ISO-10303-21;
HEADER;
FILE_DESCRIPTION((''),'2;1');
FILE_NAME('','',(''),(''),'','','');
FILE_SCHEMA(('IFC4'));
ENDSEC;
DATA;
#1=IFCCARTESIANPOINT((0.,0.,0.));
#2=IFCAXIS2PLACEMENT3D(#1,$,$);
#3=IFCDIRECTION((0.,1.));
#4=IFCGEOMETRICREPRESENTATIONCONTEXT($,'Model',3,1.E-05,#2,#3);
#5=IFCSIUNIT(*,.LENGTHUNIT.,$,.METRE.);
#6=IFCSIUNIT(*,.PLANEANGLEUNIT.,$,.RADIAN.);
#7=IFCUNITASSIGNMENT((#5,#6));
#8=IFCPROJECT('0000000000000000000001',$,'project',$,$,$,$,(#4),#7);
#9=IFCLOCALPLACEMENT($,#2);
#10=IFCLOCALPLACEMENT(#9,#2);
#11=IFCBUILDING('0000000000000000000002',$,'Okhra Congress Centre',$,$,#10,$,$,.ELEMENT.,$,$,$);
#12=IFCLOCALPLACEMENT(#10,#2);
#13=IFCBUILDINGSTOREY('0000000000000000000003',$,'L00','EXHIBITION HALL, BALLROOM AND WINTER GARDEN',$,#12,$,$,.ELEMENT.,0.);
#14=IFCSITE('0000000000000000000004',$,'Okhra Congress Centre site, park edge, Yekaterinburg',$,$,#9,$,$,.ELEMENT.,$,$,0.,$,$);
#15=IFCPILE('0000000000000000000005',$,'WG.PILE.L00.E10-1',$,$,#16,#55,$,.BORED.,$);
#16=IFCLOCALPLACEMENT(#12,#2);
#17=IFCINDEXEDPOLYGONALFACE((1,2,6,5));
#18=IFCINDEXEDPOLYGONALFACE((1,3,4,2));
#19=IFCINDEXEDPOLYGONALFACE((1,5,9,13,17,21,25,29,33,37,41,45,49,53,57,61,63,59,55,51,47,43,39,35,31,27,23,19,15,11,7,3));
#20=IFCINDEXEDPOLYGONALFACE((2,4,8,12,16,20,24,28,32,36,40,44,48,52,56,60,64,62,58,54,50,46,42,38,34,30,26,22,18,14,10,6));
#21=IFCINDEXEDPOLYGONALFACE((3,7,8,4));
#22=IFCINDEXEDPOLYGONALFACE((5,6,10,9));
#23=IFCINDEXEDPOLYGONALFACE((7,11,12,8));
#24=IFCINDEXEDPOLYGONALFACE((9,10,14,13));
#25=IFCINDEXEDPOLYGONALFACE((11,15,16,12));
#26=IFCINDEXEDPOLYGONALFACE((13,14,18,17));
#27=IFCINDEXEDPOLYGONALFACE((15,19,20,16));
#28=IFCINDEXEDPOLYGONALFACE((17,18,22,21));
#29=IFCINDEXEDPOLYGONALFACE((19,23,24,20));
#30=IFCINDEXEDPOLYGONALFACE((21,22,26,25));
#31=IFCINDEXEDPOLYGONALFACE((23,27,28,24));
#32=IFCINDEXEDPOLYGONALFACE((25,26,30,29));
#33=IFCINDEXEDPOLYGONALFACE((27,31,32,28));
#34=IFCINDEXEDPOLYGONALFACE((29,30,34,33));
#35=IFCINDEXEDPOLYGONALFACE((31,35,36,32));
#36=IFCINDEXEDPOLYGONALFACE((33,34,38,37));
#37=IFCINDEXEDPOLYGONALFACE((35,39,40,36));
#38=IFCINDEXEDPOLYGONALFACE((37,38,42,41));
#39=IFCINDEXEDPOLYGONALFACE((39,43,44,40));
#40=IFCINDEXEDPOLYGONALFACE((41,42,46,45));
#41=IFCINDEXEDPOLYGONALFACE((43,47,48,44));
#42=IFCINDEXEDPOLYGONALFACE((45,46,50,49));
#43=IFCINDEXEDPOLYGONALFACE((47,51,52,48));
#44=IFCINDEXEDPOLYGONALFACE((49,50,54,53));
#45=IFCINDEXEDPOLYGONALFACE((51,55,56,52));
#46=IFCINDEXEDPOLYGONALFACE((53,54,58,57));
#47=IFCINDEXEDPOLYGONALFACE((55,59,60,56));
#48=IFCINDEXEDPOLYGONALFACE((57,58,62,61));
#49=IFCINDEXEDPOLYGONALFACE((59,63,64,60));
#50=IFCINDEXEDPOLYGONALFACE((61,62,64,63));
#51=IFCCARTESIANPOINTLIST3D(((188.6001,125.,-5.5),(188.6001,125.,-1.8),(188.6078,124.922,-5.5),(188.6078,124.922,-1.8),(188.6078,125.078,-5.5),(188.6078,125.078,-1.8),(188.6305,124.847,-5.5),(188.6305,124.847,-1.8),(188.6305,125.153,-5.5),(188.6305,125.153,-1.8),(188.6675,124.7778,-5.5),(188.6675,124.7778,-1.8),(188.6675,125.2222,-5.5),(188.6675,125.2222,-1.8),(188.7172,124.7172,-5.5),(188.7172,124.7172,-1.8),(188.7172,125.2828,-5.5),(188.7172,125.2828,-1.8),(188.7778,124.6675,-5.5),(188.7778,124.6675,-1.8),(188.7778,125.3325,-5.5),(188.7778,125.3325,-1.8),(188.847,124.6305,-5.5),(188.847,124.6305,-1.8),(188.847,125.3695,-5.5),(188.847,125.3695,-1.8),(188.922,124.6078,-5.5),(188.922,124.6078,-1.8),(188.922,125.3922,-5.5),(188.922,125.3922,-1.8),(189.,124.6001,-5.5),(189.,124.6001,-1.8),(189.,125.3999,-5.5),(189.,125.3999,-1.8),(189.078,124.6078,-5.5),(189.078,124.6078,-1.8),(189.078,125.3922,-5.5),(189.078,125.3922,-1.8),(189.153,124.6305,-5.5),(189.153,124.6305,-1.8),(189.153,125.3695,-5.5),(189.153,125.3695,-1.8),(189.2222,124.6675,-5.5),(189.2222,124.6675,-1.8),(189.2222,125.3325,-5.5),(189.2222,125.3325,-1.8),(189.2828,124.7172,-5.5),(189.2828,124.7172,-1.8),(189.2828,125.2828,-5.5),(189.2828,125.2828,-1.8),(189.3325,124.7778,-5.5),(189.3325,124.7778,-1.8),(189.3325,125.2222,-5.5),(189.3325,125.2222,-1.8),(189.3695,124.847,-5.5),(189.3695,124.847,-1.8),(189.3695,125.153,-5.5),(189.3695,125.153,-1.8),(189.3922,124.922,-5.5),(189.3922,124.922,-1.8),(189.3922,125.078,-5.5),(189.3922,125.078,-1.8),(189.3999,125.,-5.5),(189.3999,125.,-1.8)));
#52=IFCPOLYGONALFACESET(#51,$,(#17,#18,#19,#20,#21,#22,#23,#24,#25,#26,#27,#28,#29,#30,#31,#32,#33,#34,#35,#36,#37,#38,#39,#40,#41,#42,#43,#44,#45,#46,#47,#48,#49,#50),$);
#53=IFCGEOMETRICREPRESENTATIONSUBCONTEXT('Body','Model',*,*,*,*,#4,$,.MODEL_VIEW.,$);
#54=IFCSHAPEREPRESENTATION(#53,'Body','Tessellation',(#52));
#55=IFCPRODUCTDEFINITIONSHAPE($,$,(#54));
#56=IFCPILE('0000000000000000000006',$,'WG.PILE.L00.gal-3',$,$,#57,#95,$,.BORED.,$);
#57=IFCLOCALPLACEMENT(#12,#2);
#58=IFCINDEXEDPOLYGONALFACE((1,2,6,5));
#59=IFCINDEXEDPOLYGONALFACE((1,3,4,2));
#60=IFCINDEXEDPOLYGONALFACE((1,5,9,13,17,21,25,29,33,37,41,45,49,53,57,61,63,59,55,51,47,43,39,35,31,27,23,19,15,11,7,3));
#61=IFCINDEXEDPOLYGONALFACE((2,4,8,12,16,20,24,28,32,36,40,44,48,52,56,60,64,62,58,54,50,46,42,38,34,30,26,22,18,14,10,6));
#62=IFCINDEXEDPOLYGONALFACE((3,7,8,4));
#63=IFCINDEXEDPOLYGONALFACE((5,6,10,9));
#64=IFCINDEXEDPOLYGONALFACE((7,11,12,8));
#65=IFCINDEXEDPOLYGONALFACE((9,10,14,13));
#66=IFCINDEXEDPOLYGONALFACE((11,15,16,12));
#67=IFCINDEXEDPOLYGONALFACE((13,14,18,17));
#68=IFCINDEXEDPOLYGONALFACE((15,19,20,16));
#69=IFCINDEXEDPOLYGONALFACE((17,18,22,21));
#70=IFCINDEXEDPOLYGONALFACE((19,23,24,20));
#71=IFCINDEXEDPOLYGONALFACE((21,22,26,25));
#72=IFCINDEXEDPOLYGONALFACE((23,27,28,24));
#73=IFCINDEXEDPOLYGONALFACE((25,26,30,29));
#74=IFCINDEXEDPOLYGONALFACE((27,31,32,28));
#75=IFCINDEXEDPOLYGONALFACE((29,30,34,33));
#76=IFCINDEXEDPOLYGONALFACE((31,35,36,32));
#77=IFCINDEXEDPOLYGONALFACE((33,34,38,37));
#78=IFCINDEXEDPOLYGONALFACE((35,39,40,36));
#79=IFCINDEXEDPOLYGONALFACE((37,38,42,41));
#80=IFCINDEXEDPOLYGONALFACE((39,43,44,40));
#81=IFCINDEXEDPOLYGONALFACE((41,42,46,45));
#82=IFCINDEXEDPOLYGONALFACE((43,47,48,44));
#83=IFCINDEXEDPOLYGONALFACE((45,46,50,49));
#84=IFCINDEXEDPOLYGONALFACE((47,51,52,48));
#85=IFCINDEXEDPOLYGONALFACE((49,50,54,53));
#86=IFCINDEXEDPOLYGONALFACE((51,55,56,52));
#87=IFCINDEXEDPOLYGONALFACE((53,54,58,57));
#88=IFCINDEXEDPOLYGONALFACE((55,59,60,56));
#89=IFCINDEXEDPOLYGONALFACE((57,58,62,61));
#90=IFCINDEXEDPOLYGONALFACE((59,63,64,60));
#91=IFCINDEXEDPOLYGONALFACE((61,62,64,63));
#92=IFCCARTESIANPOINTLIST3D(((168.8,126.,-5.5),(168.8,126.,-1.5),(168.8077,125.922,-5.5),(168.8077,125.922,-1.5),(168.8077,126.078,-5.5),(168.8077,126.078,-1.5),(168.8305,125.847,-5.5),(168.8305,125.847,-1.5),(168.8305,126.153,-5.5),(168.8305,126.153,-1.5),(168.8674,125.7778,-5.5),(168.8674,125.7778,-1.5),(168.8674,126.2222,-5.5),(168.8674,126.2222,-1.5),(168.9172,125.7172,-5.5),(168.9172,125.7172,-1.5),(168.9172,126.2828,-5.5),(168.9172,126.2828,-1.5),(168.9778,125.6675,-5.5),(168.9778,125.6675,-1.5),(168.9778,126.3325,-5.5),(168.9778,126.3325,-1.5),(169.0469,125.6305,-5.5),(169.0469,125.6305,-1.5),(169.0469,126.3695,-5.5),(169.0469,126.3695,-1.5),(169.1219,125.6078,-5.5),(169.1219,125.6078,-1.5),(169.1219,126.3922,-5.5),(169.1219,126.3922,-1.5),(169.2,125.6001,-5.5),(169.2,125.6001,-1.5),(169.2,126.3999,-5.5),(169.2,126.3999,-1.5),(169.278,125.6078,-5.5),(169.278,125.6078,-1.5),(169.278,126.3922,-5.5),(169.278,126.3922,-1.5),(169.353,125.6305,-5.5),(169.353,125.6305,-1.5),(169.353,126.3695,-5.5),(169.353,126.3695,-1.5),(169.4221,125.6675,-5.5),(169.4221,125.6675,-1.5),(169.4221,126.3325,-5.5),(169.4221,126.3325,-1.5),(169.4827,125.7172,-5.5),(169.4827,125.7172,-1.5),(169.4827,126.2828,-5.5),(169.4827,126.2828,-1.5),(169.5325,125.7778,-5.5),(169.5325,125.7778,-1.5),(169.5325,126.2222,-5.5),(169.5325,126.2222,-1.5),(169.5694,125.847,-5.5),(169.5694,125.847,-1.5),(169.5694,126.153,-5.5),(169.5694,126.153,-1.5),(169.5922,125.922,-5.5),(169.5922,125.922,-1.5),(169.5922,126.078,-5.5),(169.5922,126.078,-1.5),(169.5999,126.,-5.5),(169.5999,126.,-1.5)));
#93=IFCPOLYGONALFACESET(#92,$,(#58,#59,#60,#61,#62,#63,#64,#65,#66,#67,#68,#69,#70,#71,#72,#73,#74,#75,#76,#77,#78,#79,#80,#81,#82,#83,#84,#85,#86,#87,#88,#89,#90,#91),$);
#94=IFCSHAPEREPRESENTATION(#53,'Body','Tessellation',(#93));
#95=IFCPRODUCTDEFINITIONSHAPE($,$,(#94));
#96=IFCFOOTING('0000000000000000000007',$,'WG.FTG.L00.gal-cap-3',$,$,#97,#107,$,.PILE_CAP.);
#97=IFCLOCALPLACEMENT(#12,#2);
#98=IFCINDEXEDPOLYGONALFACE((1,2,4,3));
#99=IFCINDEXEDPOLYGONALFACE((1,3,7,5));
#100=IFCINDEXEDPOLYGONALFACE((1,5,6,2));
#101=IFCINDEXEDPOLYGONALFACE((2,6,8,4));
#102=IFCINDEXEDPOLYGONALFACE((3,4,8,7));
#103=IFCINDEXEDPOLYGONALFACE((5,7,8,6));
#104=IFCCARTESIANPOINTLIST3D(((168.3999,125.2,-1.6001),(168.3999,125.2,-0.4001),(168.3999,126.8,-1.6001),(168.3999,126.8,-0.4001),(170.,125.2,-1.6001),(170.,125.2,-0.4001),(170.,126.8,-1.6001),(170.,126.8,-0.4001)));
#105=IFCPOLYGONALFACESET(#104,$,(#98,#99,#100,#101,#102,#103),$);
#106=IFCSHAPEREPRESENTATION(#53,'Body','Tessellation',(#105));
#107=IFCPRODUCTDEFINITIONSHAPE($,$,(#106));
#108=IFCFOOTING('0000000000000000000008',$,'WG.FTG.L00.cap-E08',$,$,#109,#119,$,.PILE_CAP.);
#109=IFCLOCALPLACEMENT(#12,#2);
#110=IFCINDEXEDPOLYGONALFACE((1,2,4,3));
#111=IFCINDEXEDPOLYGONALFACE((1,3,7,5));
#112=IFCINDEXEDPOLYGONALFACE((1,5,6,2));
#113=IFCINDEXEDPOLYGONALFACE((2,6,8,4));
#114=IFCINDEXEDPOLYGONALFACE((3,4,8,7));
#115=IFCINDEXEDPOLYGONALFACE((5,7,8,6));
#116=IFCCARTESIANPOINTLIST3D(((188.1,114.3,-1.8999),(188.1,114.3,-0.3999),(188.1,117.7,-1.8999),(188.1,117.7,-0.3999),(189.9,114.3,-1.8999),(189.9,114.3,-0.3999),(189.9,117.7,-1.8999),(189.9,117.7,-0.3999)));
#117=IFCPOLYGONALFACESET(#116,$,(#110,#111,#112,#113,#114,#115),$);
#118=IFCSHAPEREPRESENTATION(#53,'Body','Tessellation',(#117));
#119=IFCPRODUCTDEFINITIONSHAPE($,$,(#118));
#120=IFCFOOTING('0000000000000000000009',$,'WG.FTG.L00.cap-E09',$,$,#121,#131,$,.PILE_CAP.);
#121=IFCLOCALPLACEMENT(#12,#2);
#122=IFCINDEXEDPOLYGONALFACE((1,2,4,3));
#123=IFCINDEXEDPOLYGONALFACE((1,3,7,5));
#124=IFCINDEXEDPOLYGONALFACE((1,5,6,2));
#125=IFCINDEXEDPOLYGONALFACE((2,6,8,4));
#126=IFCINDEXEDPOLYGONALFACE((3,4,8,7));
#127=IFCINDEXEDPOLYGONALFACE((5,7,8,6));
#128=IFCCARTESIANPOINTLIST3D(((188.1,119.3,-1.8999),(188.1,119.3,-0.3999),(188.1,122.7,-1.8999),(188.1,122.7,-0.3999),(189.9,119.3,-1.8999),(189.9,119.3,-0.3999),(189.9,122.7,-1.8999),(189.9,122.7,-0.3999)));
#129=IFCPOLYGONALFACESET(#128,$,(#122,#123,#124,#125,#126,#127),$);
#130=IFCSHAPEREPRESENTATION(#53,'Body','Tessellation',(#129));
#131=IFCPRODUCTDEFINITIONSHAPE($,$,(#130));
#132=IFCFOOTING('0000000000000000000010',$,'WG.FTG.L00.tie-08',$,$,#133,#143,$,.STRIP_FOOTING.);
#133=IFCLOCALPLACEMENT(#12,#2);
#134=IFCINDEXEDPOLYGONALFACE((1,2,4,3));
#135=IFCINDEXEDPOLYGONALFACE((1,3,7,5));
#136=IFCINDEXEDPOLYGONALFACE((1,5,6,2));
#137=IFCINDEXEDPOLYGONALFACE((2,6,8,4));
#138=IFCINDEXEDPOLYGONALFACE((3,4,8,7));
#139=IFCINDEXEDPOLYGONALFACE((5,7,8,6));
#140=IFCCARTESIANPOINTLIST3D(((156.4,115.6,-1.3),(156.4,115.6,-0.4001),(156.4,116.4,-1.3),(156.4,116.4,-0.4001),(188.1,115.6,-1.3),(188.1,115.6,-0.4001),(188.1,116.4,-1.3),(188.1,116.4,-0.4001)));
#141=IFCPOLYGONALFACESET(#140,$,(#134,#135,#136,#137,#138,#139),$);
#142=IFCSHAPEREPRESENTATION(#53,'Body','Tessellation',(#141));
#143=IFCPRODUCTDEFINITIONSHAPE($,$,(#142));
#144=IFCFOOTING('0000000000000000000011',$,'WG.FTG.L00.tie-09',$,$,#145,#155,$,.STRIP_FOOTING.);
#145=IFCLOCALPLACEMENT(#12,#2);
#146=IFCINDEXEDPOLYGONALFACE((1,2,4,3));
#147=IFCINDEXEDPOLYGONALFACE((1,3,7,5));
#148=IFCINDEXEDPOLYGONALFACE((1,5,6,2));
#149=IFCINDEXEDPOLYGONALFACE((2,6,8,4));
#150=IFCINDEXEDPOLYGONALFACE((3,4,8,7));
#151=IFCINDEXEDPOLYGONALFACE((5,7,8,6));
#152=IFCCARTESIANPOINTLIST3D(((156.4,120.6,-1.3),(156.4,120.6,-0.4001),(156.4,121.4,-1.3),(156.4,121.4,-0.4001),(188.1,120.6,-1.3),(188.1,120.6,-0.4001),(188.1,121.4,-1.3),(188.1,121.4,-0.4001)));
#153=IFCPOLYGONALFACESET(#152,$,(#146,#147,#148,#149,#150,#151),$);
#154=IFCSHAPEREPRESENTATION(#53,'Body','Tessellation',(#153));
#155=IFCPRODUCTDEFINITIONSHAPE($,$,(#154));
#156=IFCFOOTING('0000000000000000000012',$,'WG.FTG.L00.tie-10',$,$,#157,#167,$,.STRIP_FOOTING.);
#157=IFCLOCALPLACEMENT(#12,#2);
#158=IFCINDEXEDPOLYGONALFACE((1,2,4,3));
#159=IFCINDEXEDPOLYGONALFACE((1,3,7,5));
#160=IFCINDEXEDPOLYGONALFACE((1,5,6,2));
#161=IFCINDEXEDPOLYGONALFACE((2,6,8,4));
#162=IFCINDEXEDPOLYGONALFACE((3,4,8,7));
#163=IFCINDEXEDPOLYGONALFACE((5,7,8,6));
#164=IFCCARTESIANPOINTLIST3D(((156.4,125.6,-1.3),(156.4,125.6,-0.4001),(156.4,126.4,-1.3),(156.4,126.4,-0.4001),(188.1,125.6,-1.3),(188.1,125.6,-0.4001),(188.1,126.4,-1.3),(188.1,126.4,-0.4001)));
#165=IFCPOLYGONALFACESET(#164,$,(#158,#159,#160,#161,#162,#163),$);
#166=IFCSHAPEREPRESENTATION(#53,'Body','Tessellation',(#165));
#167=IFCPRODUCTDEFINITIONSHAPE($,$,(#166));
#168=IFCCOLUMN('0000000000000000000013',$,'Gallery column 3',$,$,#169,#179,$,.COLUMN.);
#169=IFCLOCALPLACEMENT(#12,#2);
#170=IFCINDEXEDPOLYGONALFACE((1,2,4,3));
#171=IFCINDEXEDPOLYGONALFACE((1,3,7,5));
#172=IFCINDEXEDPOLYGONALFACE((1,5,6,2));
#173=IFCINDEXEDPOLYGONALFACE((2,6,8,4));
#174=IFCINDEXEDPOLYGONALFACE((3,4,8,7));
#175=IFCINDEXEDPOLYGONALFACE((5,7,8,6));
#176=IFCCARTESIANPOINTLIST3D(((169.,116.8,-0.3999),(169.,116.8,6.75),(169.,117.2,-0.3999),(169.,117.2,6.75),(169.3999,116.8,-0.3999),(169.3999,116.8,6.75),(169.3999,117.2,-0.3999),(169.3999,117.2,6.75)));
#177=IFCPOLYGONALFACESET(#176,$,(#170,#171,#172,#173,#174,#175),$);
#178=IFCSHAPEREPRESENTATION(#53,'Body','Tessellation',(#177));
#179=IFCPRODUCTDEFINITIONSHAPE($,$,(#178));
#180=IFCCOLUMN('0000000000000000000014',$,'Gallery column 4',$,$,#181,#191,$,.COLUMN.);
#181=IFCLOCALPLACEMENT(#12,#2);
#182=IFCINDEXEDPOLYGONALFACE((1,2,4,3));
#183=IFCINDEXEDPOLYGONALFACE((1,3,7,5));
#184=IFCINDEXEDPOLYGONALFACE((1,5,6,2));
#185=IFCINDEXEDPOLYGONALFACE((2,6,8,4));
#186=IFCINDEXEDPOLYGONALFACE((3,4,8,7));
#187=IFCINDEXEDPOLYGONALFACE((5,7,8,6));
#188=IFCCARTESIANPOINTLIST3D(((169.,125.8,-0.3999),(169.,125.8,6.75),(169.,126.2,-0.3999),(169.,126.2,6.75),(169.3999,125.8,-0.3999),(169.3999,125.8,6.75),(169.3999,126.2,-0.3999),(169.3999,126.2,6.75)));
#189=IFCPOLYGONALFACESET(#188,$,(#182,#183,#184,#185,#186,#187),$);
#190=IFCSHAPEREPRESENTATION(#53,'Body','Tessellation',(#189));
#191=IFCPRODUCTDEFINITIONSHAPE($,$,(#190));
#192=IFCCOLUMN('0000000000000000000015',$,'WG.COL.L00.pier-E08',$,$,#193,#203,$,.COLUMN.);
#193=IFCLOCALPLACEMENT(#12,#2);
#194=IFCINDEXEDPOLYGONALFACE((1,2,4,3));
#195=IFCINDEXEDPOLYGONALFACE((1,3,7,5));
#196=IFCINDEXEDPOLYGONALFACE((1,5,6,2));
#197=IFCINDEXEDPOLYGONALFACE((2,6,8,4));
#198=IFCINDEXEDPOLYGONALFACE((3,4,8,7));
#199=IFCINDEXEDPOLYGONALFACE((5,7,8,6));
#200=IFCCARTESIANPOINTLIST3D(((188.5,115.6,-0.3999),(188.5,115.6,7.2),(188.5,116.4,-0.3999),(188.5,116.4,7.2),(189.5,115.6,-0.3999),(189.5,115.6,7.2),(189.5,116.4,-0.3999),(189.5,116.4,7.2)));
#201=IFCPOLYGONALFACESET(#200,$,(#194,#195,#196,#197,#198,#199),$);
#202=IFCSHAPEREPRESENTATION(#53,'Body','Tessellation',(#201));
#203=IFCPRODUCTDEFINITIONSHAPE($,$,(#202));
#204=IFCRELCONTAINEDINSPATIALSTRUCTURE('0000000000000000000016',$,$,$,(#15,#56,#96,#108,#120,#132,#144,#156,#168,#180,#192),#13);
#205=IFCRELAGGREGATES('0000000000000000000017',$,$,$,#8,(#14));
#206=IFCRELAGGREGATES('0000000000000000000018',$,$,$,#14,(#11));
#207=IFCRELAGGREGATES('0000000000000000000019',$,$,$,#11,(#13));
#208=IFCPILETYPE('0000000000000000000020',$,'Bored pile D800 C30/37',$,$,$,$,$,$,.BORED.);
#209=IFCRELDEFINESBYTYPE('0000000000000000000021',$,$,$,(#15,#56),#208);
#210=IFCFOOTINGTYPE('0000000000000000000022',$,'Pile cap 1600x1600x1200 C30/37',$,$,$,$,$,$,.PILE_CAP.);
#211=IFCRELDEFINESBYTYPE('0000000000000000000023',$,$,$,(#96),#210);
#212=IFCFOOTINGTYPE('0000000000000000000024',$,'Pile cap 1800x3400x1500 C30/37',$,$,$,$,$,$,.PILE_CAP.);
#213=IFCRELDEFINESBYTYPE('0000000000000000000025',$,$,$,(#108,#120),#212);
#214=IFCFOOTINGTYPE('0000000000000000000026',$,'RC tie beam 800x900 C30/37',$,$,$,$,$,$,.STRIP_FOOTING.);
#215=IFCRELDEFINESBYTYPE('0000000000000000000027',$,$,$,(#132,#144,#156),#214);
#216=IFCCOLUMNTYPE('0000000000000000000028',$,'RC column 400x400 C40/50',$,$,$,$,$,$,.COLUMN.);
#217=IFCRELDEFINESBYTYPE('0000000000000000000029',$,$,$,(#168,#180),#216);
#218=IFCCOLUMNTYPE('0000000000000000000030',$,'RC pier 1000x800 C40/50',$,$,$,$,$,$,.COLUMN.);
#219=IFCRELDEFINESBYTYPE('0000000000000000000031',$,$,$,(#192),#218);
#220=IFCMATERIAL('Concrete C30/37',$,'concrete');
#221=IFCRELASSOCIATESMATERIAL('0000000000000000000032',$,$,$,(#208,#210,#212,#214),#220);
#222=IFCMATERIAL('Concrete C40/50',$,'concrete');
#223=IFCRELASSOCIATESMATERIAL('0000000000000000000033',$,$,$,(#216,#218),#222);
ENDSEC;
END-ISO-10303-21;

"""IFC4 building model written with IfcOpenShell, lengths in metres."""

from ifc_helpers import new_model, si_unit, direction, frame, origin, origin_2d, place, context, subcontext, project, spatial, rectangle, circle, extrude, material, material_profile, profile_set, type_object, element, save


model = new_model("IFC4")

# Units and contexts
model_context = context("Model", 3, precision=1e-05, world=origin(), true_north=direction((0.0, 1.0)))
body_context = subcontext(model_context, "Body", "Model", "MODEL_VIEW")
ifc_project = project(units=[si_unit("LENGTHUNIT", "METRE"), si_unit("PLANEANGLEUNIT", "RADIAN")], contexts=[model_context])

# Site, building, storey
site_placement = place(None, origin())
site = spatial("IfcSite", under=ifc_project, at=site_placement, Name="Okhra Congress Centre site, park edge, Yekaterinburg", CompositionType="ELEMENT", RefElevation=0.0)
building_placement = place(site_placement, origin())
building = spatial("IfcBuilding", under=site, at=building_placement, Name="Okhra Congress Centre", CompositionType="ELEMENT")
storey_placement = place(building_placement, origin())
storey = spatial("IfcBuildingStorey", under=building, at=storey_placement, Name="L00", Description="EXHIBITION HALL, BALLROOM AND WINTER GARDEN", CompositionType="ELEMENT", Elevation=0.0)

# Piles
ifc_material_1 = material(Name="Concrete C30/37", Category="concrete")
ifc_material_profile_1 = material_profile(ifc_material_1, circle(Radius=0.3999, at=origin_2d()), Name="D800")
ifc_profile_set_1 = profile_set([ifc_material_profile_1], Name="Concrete C30/37")
pile_type = type_object("IfcPileType", Name="Bored pile D800 C30/37", PredefinedType="BORED", material=ifc_profile_set_1)
for number, where, z_axis, x_axis, name in (
    (1, (189.0, 125.0, -1.8), (0.0, 0.0, -1.0), (1.0, 0.0, 0.0), "WG.PILE.L00.E10-1"),
):
    element("IfcPile", number, at=place(storey_placement, frame(where, z_axis=z_axis, x_axis=x_axis)), inside=storey, type_object=pile_type, Name=name, PredefinedType="BORED", context=body_context, shape_type="SweptSolid", body=[
        extrude(circle(Radius=0.3999, at=origin_2d()), origin(), (0.0, 0.0, 1.0), 3.7),
    ])
pile_placement = place(storey_placement, frame((169.2, 126.0, -1.5), z_axis=(0.0, 0.0, -1.0), x_axis=(1.0, 0.0, 0.0)))
element("IfcPile", 2, at=pile_placement, inside=storey, type_object=pile_type, Name="WG.PILE.L00.gal-3", PredefinedType="BORED", context=body_context, shape_type="SweptSolid", body=[
    extrude(circle(Radius=0.3999, at=origin_2d()), origin(), (0.0, 0.0, 1.0), 4.0),
])

# Footings
footing_type_1 = type_object("IfcFootingType", Name="Pile cap 1600x1600x1200 C30/37", PredefinedType="PILE_CAP", material=ifc_material_1)
footing_placement = place(storey_placement, frame((169.2, 126.0, -1.6001), z_axis=(0.0, 0.0, 1.0), x_axis=(1.0, 0.0, 0.0)))
element("IfcFooting", 3, at=footing_placement, inside=storey, type_object=footing_type_1, Name="WG.FTG.L00.gal-cap-3", PredefinedType="PILE_CAP", context=body_context, shape_type="SweptSolid", body=[
    extrude(rectangle(XDim=1.6001, YDim=1.6001, at=origin_2d()), origin(), (0.0, 0.0, 1.0), 1.2),
])
footing_type_2 = type_object("IfcFootingType", Name="Pile cap 1800x3400x1500 C30/37", PredefinedType="PILE_CAP", material=ifc_material_1)
for number, where, z_axis, x_axis, name in (
    (4, (189.0, 116.0, -1.8999), (0.0, 0.0, 1.0), (1.0, 0.0, 0.0), "WG.FTG.L00.cap-E08"),
    (5, (189.0, 121.0, -1.8999), (0.0, 0.0, 1.0), (1.0, 0.0, 0.0), "WG.FTG.L00.cap-E09"),
):
    element("IfcFooting", number, at=place(storey_placement, frame(where, z_axis=z_axis, x_axis=x_axis)), inside=storey, type_object=footing_type_2, Name=name, PredefinedType="PILE_CAP", context=body_context, shape_type="SweptSolid", body=[
        extrude(rectangle(XDim=1.8, YDim=3.3999, at=origin_2d()), origin(), (0.0, 0.0, 1.0), 1.5),
    ])
footing_type_3 = type_object("IfcFootingType", Name="RC tie beam 800x900 C30/37", PredefinedType="STRIP_FOOTING", material=ifc_material_1)
for number, where, z_axis, x_axis, name in (
    (6, (172.25, 116.0, -1.3), (0.0, 0.0, 1.0), (1.0, 0.0, 0.0), "WG.FTG.L00.tie-08"),
    (7, (172.25, 121.0, -1.3), (0.0, 0.0, 1.0), (1.0, 0.0, 0.0), "WG.FTG.L00.tie-09"),
    (8, (172.25, 126.0, -1.3), (0.0, 0.0, 1.0), (1.0, 0.0, 0.0), "WG.FTG.L00.tie-10"),
):
    element("IfcFooting", number, at=place(storey_placement, frame(where, z_axis=z_axis, x_axis=x_axis)), inside=storey, type_object=footing_type_3, Name=name, PredefinedType="STRIP_FOOTING", context=body_context, shape_type="SweptSolid", body=[
        extrude(rectangle(XDim=31.7, YDim=0.8, at=origin_2d()), origin(), (0.0, 0.0, 1.0), 0.8999),
    ])

# Columns
ifc_material_2 = material(Name="Concrete C40/50", Category="concrete")
ifc_material_profile_2 = material_profile(ifc_material_2, rectangle(XDim=0.3999, YDim=0.3999, at=origin_2d()), Name="RC 400x400")
ifc_profile_set_2 = profile_set([ifc_material_profile_2], Name="Concrete C40/50")
column_type_1 = type_object("IfcColumnType", Name="RC column 400x400 C40/50", PredefinedType="COLUMN", material=ifc_profile_set_2)
for number, where, z_axis, x_axis, name in (
    (9, (169.2, 117.0, -0.3999), (0.0, 0.0, 1.0), (1.0, 0.0, 0.0), "Gallery column 3"),
    (10, (169.2, 126.0, -0.3999), (0.0, 0.0, 1.0), (1.0, 0.0, 0.0), "Gallery column 4"),
):
    element("IfcColumn", number, at=place(storey_placement, frame(where, z_axis=z_axis, x_axis=x_axis)), inside=storey, type_object=column_type_1, Name=name, PredefinedType="COLUMN", context=body_context, shape_type="SweptSolid", body=[
        extrude(rectangle(XDim=0.3999, YDim=0.3999, at=origin_2d()), origin(), (0.0, 0.0, 1.0), 7.1499),
    ])
ifc_material_profile_3 = material_profile(ifc_material_2, rectangle(XDim=1.0, YDim=0.8, at=origin_2d()), Name="RC 1000x800")
ifc_profile_set_3 = profile_set([ifc_material_profile_3], Name="Concrete C40/50")
column_type_2 = type_object("IfcColumnType", Name="RC pier 1000x800 C40/50", PredefinedType="COLUMN", material=ifc_profile_set_3)
for number, where, z_axis, x_axis, name in (
    (11, (189.0, 116.0, -0.3999), (0.0, 0.0, 1.0), (1.0, 0.0, 0.0), "WG.COL.L00.pier-E08"),
):
    element("IfcColumn", number, at=place(storey_placement, frame(where, z_axis=z_axis, x_axis=x_axis)), inside=storey, type_object=column_type_2, Name=name, PredefinedType="COLUMN", context=body_context, shape_type="SweptSolid", body=[
        extrude(rectangle(XDim=1.0, YDim=0.8, at=origin_2d()), origin(), (0.0, 0.0, 1.0), 7.5999),
    ])

save(model, "model.ifc")
